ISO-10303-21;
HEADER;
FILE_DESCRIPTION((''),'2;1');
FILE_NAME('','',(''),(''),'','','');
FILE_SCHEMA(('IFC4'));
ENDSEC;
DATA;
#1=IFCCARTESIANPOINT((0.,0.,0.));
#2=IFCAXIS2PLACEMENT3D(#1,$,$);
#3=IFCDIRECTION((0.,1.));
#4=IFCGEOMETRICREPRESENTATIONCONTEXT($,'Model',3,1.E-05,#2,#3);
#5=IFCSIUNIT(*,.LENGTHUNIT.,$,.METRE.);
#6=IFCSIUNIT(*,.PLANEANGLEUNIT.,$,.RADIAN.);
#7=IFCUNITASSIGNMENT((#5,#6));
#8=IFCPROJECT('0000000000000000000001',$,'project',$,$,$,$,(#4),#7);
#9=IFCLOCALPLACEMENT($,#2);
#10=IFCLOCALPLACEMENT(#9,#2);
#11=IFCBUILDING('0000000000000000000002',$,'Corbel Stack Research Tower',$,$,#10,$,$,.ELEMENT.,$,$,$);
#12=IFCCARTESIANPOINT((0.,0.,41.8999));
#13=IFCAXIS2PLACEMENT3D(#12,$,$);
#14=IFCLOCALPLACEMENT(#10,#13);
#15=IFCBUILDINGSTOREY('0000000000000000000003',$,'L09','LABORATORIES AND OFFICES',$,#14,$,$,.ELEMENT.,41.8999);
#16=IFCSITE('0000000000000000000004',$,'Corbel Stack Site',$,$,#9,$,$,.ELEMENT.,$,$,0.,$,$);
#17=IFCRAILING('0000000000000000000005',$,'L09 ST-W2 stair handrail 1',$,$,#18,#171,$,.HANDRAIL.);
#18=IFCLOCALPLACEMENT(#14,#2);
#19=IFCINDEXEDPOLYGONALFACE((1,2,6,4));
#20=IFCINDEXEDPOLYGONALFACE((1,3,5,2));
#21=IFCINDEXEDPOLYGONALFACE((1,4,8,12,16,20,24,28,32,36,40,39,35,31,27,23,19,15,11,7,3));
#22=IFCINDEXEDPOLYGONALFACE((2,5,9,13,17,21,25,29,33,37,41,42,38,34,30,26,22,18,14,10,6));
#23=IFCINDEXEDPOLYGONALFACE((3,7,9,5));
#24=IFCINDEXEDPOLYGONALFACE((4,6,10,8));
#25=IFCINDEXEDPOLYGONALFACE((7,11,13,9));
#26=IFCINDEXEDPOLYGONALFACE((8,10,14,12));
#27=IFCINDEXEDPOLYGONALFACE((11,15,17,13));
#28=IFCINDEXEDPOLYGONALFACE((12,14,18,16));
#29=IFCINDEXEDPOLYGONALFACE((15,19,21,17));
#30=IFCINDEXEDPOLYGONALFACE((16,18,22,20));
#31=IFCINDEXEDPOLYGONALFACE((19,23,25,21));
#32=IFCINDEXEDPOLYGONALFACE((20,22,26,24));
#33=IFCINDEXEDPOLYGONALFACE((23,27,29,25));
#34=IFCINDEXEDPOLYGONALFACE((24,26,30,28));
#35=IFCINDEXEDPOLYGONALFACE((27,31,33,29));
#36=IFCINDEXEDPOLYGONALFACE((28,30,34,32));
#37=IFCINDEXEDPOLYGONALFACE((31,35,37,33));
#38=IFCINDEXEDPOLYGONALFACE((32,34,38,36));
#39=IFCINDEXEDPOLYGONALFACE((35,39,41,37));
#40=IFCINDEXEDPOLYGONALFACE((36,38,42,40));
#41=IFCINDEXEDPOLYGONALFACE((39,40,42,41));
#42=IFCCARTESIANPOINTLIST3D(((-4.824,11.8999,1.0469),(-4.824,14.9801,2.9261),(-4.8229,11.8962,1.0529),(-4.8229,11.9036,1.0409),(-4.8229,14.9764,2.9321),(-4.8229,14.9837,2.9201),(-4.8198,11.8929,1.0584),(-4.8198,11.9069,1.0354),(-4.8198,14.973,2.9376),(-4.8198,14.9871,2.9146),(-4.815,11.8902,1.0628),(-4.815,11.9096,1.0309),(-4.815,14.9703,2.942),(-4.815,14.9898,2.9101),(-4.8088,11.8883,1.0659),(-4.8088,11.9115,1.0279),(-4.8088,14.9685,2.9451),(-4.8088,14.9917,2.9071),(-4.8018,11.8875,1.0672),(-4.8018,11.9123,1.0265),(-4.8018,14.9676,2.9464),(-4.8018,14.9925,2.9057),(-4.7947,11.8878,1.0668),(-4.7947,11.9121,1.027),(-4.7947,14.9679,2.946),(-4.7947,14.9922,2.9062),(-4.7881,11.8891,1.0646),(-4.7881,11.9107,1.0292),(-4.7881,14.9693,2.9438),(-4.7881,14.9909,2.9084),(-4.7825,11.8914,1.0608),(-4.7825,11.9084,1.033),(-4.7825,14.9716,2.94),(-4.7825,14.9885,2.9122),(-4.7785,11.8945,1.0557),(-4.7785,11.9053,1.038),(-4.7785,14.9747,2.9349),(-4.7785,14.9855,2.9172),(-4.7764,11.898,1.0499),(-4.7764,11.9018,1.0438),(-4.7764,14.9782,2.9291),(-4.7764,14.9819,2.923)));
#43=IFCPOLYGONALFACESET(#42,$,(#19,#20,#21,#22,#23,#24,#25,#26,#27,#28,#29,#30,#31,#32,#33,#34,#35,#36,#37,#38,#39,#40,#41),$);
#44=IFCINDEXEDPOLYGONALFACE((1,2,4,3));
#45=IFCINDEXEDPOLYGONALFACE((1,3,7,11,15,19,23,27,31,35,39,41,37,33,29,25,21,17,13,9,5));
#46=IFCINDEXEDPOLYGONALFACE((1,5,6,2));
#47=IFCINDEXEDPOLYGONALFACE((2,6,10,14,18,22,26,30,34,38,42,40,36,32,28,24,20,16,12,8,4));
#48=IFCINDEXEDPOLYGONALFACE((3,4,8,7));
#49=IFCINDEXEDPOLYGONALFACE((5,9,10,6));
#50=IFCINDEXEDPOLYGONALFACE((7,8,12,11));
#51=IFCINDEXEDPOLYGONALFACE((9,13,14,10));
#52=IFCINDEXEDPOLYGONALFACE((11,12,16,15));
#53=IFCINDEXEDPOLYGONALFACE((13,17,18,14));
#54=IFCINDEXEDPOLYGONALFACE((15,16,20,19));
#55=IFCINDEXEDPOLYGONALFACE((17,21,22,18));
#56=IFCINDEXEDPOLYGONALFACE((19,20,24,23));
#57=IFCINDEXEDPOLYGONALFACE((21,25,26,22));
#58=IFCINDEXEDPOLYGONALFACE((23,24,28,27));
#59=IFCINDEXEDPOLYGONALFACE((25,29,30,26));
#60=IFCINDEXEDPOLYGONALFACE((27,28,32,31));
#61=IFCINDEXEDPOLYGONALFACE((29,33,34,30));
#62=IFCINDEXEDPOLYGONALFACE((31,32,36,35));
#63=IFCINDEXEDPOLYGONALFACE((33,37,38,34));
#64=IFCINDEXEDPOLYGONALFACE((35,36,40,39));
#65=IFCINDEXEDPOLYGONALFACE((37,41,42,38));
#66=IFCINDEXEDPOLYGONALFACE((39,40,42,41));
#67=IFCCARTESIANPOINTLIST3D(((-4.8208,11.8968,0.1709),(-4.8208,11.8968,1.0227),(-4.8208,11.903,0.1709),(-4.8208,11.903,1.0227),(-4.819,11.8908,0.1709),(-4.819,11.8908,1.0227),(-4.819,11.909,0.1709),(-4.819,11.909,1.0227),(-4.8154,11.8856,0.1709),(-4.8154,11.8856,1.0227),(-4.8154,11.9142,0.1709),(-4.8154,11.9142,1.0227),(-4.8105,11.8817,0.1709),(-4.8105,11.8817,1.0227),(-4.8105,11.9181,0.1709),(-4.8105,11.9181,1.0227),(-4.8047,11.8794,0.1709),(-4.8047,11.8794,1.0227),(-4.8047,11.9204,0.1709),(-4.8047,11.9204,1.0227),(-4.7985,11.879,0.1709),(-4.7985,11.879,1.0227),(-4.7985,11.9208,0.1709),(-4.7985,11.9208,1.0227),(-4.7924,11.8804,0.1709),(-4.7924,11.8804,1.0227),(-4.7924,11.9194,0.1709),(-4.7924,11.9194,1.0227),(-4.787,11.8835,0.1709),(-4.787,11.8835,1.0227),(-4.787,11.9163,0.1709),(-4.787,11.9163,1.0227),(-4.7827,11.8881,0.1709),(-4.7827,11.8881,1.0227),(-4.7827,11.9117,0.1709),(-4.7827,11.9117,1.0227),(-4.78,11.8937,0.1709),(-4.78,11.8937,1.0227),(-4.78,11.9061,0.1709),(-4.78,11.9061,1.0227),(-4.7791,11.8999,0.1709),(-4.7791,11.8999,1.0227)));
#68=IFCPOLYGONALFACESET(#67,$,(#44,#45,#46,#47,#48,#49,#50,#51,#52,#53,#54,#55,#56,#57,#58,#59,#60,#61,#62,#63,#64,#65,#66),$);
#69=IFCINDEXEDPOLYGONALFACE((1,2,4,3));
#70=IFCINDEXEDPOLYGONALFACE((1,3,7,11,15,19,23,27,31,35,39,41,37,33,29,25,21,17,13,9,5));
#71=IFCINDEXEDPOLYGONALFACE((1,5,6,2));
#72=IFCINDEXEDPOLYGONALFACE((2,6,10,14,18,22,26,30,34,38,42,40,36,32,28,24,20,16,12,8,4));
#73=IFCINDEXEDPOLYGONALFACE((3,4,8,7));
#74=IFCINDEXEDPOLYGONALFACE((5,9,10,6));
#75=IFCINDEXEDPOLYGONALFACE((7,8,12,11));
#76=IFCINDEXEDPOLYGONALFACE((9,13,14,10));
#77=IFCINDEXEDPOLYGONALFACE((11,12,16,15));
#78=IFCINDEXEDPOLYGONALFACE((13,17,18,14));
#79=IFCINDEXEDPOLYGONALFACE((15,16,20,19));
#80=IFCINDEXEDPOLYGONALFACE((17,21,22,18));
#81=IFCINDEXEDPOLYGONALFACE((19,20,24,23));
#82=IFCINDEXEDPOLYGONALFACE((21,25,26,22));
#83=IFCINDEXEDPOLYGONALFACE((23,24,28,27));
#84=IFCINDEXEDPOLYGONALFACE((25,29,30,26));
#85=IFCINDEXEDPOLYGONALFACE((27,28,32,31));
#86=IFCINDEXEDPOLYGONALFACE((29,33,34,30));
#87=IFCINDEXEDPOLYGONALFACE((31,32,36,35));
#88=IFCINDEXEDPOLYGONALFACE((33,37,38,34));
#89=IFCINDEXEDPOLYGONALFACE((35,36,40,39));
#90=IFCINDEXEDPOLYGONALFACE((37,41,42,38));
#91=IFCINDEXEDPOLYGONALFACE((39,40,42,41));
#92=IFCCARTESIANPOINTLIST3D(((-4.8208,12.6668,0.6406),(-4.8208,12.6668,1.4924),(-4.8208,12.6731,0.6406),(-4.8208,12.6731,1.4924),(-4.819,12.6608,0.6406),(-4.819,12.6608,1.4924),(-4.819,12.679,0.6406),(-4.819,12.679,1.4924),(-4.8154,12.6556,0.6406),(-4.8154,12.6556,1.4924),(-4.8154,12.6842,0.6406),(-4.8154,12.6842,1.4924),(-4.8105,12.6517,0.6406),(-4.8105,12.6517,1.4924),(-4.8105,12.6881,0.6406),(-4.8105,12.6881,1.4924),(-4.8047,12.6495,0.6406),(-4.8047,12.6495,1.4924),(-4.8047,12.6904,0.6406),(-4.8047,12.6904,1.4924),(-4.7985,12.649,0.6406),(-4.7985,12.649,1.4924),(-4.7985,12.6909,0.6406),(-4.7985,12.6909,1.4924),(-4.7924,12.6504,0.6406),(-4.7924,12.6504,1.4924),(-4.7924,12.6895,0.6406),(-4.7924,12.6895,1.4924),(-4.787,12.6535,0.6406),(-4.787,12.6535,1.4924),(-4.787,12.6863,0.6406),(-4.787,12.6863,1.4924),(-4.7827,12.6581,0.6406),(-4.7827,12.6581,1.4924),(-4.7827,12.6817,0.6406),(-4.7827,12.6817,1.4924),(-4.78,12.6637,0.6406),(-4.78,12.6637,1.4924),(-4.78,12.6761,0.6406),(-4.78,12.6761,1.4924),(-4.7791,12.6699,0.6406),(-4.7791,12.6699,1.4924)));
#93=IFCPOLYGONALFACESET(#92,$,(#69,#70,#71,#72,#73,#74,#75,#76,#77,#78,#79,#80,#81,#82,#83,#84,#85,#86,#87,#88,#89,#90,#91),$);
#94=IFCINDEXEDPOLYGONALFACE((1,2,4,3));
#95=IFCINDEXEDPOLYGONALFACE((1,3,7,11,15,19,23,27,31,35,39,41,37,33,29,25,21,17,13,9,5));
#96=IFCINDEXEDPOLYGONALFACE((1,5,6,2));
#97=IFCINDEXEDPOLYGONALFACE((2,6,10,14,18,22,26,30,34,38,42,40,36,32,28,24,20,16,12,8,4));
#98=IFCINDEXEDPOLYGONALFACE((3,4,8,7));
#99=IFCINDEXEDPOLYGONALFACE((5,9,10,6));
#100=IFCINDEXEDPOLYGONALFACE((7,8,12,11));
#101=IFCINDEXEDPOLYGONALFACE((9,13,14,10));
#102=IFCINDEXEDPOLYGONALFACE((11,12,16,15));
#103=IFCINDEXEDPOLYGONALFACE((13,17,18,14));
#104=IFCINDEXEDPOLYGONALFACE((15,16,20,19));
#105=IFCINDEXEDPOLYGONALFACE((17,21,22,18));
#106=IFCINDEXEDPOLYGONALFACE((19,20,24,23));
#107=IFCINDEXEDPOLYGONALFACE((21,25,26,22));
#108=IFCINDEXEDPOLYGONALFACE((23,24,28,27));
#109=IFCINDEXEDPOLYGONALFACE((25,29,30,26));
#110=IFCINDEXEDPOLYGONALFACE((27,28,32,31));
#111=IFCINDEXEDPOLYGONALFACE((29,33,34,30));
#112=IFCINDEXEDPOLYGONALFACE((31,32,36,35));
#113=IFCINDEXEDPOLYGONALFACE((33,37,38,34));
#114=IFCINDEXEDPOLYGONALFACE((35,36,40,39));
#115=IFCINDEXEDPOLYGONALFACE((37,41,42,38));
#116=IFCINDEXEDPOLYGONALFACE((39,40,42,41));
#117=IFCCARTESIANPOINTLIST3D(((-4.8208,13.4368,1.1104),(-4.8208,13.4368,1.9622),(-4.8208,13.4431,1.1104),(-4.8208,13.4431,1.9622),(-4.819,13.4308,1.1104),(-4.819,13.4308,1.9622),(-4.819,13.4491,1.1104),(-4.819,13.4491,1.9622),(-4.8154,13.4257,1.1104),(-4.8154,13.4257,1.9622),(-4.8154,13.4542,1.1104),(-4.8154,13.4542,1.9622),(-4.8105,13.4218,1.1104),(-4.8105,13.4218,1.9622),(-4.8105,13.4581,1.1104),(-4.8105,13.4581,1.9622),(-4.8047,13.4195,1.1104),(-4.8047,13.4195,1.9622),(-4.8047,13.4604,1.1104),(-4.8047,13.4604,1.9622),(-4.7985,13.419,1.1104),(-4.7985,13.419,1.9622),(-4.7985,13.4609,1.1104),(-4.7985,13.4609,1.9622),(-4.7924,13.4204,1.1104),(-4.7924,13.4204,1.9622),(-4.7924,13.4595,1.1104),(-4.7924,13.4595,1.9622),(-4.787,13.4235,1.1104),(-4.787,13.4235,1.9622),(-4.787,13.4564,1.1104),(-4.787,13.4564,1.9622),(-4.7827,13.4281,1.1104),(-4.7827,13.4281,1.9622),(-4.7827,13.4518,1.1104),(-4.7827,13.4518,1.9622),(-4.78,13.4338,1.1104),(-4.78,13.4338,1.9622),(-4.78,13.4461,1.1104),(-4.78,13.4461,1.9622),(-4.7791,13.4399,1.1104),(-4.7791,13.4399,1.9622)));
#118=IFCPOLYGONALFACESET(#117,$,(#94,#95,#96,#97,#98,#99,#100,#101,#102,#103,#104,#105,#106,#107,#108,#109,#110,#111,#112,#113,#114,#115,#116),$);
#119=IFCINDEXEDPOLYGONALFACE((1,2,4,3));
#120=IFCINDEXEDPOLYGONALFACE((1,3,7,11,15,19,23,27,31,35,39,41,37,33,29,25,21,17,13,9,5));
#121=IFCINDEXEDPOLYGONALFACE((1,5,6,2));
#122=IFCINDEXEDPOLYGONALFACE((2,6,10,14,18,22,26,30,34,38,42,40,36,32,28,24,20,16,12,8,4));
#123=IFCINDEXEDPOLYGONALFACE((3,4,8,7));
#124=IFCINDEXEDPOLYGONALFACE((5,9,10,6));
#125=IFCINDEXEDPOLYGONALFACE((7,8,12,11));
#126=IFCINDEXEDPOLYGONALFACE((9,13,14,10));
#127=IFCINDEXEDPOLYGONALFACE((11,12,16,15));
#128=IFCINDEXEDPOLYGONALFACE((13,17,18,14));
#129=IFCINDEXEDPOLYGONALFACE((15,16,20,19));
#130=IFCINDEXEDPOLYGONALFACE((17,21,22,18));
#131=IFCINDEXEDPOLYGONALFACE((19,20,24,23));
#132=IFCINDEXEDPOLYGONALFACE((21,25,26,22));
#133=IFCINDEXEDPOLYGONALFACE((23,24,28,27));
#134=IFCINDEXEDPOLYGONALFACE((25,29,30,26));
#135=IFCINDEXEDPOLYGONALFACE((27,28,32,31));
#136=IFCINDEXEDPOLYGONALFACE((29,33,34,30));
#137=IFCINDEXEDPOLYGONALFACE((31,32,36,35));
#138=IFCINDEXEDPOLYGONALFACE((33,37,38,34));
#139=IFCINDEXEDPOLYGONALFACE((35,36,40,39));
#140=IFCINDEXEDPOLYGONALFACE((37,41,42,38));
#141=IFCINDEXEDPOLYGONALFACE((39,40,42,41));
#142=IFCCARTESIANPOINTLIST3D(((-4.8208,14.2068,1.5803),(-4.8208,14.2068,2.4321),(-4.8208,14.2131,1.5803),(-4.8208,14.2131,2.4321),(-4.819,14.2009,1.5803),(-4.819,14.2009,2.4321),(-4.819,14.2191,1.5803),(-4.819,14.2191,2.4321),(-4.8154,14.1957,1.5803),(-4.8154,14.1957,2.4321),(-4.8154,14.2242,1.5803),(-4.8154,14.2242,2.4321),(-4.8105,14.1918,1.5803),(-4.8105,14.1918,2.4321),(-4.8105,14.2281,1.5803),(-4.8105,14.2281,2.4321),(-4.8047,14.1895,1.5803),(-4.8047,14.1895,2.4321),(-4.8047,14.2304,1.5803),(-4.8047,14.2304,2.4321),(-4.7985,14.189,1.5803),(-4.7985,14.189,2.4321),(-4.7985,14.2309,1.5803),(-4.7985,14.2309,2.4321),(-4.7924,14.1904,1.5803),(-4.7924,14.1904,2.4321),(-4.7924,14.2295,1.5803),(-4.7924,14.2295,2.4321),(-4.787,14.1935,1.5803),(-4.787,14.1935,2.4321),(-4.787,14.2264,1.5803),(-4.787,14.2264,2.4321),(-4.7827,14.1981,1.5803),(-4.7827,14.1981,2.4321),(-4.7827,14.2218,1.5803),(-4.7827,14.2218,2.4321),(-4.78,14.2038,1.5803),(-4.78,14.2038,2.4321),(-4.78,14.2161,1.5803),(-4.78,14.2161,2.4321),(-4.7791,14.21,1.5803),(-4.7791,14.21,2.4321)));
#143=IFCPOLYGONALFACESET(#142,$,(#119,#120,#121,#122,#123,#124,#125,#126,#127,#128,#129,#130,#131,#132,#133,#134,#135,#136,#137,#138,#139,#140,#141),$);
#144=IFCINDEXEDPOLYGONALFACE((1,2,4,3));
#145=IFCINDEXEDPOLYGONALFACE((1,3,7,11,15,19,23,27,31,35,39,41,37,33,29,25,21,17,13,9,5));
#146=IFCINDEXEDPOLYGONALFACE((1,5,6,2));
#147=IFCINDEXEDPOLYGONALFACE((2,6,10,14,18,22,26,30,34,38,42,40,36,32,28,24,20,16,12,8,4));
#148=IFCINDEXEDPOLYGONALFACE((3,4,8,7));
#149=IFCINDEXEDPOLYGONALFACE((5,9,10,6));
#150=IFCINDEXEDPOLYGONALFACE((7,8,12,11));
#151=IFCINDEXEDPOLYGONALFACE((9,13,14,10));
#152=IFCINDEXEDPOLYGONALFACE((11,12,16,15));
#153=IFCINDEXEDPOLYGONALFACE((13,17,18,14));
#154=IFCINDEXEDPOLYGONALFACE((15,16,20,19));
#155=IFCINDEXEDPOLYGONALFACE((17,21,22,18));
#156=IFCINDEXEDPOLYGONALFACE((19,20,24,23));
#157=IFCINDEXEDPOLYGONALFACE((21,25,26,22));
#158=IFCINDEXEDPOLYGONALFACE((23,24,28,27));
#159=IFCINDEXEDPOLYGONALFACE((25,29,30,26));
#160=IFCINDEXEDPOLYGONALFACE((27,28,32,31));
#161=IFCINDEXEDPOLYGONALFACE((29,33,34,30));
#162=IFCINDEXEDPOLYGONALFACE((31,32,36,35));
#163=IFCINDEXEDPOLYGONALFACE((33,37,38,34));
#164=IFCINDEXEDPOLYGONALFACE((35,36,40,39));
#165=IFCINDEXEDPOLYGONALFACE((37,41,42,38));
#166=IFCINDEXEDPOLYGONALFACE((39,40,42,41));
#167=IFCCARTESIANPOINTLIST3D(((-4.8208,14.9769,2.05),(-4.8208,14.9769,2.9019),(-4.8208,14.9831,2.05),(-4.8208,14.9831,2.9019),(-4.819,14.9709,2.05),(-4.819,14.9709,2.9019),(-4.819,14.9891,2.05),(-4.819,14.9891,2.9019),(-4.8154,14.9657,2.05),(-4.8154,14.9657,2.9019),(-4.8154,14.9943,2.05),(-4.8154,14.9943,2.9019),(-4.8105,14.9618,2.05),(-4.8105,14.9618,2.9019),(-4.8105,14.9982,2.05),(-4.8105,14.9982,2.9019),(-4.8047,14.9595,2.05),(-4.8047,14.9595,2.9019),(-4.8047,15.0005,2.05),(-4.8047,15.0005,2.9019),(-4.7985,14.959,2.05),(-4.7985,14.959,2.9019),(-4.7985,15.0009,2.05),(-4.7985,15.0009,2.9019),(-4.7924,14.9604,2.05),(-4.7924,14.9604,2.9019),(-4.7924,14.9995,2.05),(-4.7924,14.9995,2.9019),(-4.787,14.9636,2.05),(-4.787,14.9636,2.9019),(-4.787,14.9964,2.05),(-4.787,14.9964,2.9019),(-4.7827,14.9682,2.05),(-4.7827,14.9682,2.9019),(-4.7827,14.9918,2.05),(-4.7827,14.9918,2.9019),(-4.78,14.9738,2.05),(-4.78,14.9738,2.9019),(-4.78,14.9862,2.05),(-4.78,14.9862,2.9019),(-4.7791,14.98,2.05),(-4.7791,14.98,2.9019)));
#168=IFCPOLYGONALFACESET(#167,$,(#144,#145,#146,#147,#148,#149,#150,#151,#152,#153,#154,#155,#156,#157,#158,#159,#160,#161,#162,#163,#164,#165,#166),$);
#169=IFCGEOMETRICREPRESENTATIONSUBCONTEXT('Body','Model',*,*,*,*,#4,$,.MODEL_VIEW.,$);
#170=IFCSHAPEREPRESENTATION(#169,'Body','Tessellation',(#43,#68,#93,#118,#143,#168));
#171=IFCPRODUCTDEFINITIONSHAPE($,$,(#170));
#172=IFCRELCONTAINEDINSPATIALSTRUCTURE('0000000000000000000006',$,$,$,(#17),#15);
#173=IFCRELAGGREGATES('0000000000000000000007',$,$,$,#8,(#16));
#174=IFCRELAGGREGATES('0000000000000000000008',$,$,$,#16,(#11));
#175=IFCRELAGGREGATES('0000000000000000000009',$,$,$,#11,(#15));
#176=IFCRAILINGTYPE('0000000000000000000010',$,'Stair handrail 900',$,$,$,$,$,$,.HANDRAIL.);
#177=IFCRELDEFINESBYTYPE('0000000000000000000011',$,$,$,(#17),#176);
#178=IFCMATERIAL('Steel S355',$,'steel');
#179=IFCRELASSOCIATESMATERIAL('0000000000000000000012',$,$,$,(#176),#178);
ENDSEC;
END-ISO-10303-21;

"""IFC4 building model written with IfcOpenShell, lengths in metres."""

from ifc_helpers import new_model, si_unit, direction, frame, origin, origin_2d, place, context, subcontext, project, spatial, circle, extrude, material, type_object, element, save


model = new_model("IFC4")

# Units and contexts
model_context = context("Model", 3, precision=1e-05, world=origin(), true_north=direction((0.0, 1.0)))
body_context = subcontext(model_context, "Body", "Model", "MODEL_VIEW")
ifc_project = project(units=[si_unit("LENGTHUNIT", "METRE"), si_unit("PLANEANGLEUNIT", "RADIAN")], contexts=[model_context])

# Site, building, storey
site_placement = place(None, origin())
site = spatial("IfcSite", under=ifc_project, at=site_placement, Name="Corbel Stack Site", CompositionType="ELEMENT", RefElevation=0.0)
building_placement = place(site_placement, origin())
building = spatial("IfcBuilding", under=site, at=building_placement, Name="Corbel Stack Research Tower", CompositionType="ELEMENT")
storey_placement = place(building_placement, frame((0.0, 0.0, 41.8999)))
storey = spatial("IfcBuildingStorey", under=building, at=storey_placement, Name="L09", Description="LABORATORIES AND OFFICES", CompositionType="ELEMENT", Elevation=41.8999)

# Railing
ifc_material_1 = material(Name="Steel S355", Category="steel")
railing_type = type_object("IfcRailingType", Name="Stair handrail 900", PredefinedType="HANDRAIL", material=ifc_material_1)
railing_placement = place(storey_placement, frame((-4.8, 11.8999, 0.1709)))
element("IfcRailing", 1, at=railing_placement, inside=storey, type_object=railing_type, Name="L09 ST-W2 stair handrail 1", PredefinedType="HANDRAIL", context=body_context, shape_type="SweptSolid", body=[
    extrude(circle(Radius=0.0239, at=origin_2d()), frame((0.0, 0.0, 0.876), z_axis=(0.0, 0.853666, 0.52082), x_axis=(-1.0, 0.0, 0.0)), (0.0, 0.0, 1.0), 3.6082),
    extrude(circle(Radius=0.021, at=origin_2d()), origin(), (0.0, 0.0, 1.0), 0.8518),
    extrude(circle(Radius=0.021, at=origin_2d()), frame((0.0, 0.77, 0.4697)), (0.0, 0.0, 1.0), 0.8518),
    extrude(circle(Radius=0.021, at=origin_2d()), frame((0.0, 1.54, 0.9395)), (0.0, 0.0, 1.0), 0.8518),
    extrude(circle(Radius=0.021, at=origin_2d()), frame((0.0, 2.3101, 1.4094)), (0.0, 0.0, 1.0), 0.8518),
    extrude(circle(Radius=0.021, at=origin_2d()), frame((0.0, 3.0801, 1.8792)), (0.0, 0.0, 1.0), 0.8518),
])

save(model, "model.ifc")
